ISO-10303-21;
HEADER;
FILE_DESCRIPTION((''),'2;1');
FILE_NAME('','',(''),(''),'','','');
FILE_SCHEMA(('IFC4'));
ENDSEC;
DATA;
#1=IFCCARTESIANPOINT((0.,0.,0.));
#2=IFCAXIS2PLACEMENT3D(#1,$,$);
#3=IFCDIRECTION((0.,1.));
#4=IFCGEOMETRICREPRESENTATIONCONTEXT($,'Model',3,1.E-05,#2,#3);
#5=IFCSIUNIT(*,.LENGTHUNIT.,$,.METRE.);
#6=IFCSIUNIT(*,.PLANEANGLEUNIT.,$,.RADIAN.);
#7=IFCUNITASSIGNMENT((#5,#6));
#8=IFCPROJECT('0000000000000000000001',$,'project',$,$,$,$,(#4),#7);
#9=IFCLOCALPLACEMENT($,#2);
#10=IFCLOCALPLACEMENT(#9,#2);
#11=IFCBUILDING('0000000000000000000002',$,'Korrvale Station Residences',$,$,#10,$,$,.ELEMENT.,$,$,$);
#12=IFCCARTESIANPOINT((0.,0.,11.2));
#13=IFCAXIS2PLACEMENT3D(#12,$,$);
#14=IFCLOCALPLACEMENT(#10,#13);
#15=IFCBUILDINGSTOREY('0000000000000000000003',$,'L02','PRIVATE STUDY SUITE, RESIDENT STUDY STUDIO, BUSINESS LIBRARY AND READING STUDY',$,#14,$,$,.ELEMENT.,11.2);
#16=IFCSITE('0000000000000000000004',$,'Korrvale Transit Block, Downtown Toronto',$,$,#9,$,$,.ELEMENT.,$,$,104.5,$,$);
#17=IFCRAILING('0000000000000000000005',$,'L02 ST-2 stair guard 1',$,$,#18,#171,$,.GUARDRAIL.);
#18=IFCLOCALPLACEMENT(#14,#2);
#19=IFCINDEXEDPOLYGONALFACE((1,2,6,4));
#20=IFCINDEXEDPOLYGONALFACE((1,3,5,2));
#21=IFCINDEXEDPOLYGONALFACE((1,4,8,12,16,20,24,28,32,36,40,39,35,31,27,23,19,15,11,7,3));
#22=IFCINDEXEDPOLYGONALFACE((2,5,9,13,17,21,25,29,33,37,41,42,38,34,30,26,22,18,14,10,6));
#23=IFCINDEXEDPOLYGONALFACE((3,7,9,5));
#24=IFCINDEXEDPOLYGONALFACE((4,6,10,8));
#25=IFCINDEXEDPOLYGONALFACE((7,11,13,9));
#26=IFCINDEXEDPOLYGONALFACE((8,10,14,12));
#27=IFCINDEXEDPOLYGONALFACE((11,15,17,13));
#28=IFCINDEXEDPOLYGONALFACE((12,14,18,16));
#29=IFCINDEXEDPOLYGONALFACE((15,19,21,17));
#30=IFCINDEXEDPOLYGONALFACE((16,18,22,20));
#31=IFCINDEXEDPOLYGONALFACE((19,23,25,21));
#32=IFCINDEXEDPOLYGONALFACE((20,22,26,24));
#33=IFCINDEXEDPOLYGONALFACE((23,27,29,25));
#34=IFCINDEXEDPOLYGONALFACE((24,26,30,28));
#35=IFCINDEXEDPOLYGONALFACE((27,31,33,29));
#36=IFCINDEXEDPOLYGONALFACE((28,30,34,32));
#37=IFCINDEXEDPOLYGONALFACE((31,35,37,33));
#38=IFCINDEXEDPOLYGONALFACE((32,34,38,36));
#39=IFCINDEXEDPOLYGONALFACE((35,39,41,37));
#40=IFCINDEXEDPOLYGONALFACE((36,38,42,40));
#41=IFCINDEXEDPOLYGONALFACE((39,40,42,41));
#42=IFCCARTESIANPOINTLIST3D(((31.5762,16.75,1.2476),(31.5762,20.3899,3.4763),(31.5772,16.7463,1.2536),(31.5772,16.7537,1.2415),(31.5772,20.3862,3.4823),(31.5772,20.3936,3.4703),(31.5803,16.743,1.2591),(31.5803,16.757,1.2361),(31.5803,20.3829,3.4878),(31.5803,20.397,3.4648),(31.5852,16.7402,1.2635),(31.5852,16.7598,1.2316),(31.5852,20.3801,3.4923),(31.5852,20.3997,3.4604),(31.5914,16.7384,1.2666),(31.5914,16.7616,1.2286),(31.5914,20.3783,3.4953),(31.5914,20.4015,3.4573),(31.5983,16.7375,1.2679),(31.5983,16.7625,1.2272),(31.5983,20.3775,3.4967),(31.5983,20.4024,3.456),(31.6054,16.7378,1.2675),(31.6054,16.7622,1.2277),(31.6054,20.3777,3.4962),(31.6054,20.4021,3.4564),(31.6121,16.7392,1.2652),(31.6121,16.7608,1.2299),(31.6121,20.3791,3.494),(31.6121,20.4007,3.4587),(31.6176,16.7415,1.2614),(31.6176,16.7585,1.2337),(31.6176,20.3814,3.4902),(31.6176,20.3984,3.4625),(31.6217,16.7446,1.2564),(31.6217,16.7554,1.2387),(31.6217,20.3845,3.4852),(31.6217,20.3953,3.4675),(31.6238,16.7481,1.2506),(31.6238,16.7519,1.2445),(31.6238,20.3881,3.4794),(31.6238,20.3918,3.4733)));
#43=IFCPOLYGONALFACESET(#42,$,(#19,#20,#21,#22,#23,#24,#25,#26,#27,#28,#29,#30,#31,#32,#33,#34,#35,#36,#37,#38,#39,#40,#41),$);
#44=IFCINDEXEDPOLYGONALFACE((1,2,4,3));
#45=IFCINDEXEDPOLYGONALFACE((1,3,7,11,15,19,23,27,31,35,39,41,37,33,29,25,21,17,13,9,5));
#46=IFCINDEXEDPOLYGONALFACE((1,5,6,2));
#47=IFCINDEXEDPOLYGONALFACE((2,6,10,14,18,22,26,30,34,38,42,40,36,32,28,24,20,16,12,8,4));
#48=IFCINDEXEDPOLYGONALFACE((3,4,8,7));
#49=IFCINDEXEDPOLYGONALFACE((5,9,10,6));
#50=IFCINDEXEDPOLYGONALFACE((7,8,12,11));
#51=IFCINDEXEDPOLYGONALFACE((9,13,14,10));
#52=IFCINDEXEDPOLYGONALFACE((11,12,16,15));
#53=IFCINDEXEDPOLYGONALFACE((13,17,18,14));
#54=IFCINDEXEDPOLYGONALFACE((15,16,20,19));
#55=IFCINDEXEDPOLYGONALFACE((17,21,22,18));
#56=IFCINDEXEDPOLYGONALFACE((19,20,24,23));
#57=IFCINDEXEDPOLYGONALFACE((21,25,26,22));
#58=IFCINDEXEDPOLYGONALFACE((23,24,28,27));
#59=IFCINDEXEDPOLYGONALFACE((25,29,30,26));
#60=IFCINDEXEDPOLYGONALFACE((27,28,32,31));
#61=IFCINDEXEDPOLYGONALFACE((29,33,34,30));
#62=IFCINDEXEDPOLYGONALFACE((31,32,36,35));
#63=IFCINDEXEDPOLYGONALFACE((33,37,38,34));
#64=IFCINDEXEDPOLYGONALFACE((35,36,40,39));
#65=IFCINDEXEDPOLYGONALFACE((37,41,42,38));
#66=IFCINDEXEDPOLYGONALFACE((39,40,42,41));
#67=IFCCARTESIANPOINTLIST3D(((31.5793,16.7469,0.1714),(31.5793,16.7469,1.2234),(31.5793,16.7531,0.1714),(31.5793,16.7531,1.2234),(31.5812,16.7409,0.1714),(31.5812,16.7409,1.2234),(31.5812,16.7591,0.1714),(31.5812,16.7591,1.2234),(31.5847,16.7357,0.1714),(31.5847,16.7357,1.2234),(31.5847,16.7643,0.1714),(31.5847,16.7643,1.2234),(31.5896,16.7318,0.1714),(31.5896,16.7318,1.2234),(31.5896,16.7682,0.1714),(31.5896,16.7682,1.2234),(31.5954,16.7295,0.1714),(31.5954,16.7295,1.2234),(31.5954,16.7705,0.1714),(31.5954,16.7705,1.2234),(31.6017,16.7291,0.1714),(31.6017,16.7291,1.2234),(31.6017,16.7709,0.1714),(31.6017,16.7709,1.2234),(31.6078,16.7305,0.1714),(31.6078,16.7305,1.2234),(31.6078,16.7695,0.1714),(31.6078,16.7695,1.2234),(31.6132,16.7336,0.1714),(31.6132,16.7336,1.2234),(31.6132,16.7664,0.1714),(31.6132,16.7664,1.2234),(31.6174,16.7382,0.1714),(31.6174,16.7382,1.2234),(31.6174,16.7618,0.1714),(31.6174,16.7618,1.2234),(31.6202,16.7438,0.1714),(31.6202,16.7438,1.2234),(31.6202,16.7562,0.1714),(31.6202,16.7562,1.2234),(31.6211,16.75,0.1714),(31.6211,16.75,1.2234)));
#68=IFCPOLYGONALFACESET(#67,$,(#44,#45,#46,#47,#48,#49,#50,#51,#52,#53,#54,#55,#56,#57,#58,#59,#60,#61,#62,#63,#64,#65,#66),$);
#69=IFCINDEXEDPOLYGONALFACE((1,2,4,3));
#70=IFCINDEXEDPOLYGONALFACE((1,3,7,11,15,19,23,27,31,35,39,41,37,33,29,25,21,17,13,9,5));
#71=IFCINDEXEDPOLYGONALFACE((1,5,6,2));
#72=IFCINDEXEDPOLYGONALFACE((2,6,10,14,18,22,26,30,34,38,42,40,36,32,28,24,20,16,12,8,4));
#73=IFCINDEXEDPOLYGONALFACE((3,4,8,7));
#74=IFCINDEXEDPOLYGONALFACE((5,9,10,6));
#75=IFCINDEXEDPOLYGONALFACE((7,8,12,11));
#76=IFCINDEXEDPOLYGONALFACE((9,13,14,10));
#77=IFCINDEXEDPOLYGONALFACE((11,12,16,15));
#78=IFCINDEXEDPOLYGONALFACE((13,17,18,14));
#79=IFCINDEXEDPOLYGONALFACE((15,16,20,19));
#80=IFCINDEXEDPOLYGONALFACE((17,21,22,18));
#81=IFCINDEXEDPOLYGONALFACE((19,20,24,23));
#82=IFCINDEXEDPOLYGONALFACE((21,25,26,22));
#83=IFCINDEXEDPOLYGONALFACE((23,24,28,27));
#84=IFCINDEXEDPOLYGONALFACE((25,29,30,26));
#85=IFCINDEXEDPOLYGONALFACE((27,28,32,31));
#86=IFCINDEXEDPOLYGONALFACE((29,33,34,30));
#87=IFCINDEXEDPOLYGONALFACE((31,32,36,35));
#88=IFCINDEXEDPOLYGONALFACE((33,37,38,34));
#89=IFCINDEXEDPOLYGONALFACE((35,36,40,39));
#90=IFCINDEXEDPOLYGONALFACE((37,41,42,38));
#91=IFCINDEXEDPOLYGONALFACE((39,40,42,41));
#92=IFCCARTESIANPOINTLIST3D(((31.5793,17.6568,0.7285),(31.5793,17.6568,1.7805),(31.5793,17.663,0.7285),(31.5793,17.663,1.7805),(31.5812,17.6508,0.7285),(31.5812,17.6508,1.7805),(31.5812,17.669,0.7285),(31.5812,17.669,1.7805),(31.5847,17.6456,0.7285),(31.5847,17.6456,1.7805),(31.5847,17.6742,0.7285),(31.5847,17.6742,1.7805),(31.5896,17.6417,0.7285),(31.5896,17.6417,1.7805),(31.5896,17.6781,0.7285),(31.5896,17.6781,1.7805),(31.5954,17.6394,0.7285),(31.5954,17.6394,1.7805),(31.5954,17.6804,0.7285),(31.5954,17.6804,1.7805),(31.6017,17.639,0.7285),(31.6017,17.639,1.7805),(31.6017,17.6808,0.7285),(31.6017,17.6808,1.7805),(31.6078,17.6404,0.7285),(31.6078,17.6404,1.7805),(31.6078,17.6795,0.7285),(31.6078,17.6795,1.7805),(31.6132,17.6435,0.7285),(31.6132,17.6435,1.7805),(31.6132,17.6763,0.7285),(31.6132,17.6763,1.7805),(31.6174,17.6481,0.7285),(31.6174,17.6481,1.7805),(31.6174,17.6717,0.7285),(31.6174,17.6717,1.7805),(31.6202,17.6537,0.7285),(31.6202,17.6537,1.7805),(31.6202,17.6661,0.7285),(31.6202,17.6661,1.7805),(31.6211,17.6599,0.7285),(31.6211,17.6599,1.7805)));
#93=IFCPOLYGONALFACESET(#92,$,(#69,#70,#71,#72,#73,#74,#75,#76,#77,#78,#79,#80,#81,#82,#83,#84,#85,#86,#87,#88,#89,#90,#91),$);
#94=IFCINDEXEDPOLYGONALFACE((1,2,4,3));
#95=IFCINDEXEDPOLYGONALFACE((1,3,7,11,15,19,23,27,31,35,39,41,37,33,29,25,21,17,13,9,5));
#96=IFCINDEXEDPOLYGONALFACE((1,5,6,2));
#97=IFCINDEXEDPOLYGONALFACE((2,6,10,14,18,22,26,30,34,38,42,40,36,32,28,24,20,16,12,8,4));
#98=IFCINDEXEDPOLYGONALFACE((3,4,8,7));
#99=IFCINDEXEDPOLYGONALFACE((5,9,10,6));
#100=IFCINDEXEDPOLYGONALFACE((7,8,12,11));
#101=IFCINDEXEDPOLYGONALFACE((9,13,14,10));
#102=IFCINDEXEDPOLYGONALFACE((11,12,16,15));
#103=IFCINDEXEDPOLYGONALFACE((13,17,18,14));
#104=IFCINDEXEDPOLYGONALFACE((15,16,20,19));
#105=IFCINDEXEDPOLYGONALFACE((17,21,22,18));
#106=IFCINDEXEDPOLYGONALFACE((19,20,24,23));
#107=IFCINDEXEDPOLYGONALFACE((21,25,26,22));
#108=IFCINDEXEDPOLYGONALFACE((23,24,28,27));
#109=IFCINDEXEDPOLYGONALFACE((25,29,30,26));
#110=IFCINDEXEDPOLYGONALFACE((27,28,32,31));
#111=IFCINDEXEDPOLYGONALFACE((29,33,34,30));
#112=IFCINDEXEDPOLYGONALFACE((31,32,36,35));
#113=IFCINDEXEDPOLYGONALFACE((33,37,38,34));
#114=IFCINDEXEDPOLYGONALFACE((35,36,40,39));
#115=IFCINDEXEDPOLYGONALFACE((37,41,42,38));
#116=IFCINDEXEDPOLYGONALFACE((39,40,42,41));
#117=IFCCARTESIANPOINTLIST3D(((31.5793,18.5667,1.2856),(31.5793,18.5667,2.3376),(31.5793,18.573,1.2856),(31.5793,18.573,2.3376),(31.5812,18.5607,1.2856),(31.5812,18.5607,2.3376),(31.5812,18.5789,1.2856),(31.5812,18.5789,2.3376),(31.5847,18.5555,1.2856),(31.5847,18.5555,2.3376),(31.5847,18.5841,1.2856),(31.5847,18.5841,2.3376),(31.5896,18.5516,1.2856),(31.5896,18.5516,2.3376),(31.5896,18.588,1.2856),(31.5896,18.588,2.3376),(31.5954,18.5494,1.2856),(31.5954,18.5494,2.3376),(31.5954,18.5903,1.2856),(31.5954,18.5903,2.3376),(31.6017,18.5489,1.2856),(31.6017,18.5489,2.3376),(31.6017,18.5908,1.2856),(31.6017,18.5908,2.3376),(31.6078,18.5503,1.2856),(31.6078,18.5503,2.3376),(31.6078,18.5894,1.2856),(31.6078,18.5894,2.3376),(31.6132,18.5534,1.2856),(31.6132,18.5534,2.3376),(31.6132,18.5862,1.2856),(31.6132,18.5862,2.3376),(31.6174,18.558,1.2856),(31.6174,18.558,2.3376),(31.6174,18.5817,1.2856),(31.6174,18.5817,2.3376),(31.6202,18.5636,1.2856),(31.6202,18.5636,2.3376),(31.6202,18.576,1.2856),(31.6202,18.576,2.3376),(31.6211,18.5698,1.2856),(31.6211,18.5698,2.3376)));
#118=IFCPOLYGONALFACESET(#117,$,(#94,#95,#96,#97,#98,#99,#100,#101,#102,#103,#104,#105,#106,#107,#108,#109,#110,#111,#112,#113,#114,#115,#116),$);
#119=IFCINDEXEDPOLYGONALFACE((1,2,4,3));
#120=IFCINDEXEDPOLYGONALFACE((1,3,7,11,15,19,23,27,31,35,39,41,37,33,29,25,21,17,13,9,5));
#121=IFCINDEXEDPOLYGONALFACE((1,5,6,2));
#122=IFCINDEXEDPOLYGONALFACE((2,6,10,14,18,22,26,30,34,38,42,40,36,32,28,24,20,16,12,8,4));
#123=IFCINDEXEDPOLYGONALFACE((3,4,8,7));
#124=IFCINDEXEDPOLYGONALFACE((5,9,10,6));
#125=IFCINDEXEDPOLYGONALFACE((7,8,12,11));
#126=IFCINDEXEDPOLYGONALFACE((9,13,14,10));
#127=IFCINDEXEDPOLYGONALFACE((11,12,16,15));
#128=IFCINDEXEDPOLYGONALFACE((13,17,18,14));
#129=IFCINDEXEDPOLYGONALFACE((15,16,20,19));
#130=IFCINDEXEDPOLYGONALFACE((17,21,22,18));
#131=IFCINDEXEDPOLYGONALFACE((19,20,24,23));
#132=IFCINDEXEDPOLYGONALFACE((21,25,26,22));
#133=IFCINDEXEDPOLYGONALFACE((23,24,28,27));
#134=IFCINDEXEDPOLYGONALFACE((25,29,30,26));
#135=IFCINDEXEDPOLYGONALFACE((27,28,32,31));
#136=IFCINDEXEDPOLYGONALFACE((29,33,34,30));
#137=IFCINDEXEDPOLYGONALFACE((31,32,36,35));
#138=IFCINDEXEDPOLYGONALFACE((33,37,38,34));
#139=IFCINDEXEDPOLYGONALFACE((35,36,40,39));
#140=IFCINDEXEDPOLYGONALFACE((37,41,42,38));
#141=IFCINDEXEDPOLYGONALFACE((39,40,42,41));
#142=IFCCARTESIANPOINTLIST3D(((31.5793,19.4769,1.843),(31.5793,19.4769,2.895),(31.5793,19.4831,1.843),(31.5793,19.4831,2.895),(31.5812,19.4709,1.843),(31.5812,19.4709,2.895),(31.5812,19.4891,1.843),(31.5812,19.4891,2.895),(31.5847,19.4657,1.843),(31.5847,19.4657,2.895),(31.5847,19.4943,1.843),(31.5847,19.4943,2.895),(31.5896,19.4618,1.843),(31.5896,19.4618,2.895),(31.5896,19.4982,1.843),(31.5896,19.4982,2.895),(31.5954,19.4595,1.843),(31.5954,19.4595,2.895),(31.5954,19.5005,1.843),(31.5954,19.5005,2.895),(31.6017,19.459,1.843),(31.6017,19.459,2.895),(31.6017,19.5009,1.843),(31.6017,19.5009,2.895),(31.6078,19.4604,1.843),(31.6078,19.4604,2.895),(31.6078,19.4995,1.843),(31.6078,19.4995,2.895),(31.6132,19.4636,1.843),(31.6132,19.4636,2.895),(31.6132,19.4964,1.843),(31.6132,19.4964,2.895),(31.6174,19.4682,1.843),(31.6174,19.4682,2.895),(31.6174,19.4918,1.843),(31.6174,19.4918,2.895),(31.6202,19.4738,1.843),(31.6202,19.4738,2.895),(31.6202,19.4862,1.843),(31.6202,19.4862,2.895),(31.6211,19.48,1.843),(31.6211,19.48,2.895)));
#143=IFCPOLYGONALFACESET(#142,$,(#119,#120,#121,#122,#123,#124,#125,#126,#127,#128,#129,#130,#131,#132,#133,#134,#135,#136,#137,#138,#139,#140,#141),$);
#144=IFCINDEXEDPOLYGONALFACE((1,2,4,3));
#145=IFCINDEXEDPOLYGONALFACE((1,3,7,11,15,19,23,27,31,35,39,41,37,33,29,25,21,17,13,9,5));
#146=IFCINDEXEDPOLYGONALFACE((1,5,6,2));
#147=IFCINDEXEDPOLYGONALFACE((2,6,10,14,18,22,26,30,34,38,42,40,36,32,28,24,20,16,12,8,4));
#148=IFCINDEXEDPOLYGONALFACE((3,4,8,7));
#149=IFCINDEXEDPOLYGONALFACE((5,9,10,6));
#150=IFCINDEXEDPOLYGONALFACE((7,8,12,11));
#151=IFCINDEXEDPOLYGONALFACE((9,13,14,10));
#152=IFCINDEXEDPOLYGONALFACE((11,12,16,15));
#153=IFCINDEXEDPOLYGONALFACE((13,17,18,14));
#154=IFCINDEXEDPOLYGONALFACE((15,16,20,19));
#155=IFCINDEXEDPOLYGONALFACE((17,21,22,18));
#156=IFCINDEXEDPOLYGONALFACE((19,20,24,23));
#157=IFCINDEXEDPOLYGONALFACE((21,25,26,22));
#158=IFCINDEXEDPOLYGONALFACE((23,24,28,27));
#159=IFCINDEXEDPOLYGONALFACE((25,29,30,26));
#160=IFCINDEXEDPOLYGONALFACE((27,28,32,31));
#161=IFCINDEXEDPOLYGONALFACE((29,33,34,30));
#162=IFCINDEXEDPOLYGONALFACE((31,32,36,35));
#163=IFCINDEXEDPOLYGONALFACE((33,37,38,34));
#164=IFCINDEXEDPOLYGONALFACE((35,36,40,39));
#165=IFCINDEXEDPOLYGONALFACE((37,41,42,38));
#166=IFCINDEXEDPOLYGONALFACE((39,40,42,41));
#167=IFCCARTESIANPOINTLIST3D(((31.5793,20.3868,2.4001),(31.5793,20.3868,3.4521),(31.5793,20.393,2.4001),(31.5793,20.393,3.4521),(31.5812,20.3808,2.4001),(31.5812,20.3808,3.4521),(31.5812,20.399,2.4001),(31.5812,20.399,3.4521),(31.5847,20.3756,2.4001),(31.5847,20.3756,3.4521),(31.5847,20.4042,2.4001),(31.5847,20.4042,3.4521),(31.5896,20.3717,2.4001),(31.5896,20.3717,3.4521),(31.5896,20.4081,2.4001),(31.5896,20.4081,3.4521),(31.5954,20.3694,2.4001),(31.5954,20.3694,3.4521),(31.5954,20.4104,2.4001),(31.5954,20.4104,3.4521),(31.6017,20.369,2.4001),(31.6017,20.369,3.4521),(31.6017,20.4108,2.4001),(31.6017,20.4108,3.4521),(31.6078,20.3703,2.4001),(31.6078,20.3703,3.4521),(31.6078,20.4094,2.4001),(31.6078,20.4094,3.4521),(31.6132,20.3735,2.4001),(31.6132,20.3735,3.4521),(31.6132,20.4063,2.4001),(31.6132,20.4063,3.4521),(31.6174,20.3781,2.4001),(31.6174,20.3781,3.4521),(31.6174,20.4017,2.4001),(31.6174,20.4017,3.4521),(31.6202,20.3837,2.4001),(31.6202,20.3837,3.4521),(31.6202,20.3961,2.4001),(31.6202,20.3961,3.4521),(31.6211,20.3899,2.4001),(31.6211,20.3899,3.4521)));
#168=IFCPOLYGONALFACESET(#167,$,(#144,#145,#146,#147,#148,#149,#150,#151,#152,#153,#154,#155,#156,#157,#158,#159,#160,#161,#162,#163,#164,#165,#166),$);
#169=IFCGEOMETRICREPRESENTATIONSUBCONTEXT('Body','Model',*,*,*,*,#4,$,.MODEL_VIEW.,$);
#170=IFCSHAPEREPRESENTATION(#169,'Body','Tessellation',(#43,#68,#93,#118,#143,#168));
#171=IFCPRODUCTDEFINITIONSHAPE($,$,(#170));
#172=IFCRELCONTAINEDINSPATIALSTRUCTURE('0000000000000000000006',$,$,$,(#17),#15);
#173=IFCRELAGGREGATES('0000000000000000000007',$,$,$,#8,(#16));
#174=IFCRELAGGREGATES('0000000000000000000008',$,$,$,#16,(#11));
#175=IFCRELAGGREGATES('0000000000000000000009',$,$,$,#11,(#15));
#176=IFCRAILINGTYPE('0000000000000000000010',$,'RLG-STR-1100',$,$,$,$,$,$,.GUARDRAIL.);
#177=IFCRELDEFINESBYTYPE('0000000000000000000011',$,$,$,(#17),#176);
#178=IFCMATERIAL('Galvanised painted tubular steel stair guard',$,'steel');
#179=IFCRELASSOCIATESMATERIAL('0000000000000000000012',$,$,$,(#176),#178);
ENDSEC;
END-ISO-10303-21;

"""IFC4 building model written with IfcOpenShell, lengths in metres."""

from ifc_helpers import new_model, si_unit, direction, frame, origin, origin_2d, place, context, subcontext, project, spatial, circle, extrude, material, type_object, element, save


model = new_model("IFC4")

# Units and contexts
model_context = context("Model", 3, precision=1e-05, world=origin(), true_north=direction((0.0, 1.0)))
body_context = subcontext(model_context, "Body", "Model", "MODEL_VIEW")
ifc_project = project(units=[si_unit("LENGTHUNIT", "METRE"), si_unit("PLANEANGLEUNIT", "RADIAN")], contexts=[model_context])

# Site, building, storey
site_placement = place(None, origin())
site = spatial("IfcSite", under=ifc_project, at=site_placement, Name="Korrvale Transit Block, Downtown Toronto", CompositionType="ELEMENT", RefElevation=104.5)
building_placement = place(site_placement, origin())
building = spatial("IfcBuilding", under=site, at=building_placement, Name="Korrvale Station Residences", CompositionType="ELEMENT")
storey_placement = place(building_placement, frame((0.0, 0.0, 11.2)))
storey = spatial("IfcBuildingStorey", under=building, at=storey_placement, Name="L02", Description="PRIVATE STUDY SUITE, RESIDENT STUDY STUDIO, BUSINESS LIBRARY AND READING STUDY", CompositionType="ELEMENT", Elevation=11.2)

# Railing
ifc_material_1 = material(Name="Galvanised painted tubular steel stair guard", Category="steel")
railing_type_1 = type_object("IfcRailingType", Name="RLG-STR-1100", PredefinedType="GUARDRAIL", material=ifc_material_1)
railing_1_placement = place(storey_placement, frame((31.6001, 16.75, 0.1714)))
element("IfcRailing", 1, at=railing_1_placement, inside=storey, type_object=railing_type_1, Name="L02 ST-2 stair guard 1", PredefinedType="GUARDRAIL", context=body_context, shape_type="SweptSolid", body=[
    extrude(circle(Radius=0.0239, at=origin_2d()), frame((0.0, 0.0, 1.0762), z_axis=(0.0, 0.852825, 0.522197), x_axis=(-1.0, 0.0, 0.0)), (0.0, 0.0, 1.0), 4.2681),
    extrude(circle(Radius=0.021, at=origin_2d()), origin(), (0.0, 0.0, 1.0), 1.052),
    extrude(circle(Radius=0.021, at=origin_2d()), frame((0.0, 0.9099, 0.5571)), (0.0, 0.0, 1.0), 1.052),
    extrude(circle(Radius=0.021, at=origin_2d()), frame((0.0, 1.8198, 1.1143)), (0.0, 0.0, 1.0), 1.052),
    extrude(circle(Radius=0.021, at=origin_2d()), frame((0.0, 2.73, 1.6716)), (0.0, 0.0, 1.0), 1.052),
    extrude(circle(Radius=0.021, at=origin_2d()), frame((0.0, 3.6399, 2.2288)), (0.0, 0.0, 1.0), 1.052),
])

save(model, "model.ifc")
